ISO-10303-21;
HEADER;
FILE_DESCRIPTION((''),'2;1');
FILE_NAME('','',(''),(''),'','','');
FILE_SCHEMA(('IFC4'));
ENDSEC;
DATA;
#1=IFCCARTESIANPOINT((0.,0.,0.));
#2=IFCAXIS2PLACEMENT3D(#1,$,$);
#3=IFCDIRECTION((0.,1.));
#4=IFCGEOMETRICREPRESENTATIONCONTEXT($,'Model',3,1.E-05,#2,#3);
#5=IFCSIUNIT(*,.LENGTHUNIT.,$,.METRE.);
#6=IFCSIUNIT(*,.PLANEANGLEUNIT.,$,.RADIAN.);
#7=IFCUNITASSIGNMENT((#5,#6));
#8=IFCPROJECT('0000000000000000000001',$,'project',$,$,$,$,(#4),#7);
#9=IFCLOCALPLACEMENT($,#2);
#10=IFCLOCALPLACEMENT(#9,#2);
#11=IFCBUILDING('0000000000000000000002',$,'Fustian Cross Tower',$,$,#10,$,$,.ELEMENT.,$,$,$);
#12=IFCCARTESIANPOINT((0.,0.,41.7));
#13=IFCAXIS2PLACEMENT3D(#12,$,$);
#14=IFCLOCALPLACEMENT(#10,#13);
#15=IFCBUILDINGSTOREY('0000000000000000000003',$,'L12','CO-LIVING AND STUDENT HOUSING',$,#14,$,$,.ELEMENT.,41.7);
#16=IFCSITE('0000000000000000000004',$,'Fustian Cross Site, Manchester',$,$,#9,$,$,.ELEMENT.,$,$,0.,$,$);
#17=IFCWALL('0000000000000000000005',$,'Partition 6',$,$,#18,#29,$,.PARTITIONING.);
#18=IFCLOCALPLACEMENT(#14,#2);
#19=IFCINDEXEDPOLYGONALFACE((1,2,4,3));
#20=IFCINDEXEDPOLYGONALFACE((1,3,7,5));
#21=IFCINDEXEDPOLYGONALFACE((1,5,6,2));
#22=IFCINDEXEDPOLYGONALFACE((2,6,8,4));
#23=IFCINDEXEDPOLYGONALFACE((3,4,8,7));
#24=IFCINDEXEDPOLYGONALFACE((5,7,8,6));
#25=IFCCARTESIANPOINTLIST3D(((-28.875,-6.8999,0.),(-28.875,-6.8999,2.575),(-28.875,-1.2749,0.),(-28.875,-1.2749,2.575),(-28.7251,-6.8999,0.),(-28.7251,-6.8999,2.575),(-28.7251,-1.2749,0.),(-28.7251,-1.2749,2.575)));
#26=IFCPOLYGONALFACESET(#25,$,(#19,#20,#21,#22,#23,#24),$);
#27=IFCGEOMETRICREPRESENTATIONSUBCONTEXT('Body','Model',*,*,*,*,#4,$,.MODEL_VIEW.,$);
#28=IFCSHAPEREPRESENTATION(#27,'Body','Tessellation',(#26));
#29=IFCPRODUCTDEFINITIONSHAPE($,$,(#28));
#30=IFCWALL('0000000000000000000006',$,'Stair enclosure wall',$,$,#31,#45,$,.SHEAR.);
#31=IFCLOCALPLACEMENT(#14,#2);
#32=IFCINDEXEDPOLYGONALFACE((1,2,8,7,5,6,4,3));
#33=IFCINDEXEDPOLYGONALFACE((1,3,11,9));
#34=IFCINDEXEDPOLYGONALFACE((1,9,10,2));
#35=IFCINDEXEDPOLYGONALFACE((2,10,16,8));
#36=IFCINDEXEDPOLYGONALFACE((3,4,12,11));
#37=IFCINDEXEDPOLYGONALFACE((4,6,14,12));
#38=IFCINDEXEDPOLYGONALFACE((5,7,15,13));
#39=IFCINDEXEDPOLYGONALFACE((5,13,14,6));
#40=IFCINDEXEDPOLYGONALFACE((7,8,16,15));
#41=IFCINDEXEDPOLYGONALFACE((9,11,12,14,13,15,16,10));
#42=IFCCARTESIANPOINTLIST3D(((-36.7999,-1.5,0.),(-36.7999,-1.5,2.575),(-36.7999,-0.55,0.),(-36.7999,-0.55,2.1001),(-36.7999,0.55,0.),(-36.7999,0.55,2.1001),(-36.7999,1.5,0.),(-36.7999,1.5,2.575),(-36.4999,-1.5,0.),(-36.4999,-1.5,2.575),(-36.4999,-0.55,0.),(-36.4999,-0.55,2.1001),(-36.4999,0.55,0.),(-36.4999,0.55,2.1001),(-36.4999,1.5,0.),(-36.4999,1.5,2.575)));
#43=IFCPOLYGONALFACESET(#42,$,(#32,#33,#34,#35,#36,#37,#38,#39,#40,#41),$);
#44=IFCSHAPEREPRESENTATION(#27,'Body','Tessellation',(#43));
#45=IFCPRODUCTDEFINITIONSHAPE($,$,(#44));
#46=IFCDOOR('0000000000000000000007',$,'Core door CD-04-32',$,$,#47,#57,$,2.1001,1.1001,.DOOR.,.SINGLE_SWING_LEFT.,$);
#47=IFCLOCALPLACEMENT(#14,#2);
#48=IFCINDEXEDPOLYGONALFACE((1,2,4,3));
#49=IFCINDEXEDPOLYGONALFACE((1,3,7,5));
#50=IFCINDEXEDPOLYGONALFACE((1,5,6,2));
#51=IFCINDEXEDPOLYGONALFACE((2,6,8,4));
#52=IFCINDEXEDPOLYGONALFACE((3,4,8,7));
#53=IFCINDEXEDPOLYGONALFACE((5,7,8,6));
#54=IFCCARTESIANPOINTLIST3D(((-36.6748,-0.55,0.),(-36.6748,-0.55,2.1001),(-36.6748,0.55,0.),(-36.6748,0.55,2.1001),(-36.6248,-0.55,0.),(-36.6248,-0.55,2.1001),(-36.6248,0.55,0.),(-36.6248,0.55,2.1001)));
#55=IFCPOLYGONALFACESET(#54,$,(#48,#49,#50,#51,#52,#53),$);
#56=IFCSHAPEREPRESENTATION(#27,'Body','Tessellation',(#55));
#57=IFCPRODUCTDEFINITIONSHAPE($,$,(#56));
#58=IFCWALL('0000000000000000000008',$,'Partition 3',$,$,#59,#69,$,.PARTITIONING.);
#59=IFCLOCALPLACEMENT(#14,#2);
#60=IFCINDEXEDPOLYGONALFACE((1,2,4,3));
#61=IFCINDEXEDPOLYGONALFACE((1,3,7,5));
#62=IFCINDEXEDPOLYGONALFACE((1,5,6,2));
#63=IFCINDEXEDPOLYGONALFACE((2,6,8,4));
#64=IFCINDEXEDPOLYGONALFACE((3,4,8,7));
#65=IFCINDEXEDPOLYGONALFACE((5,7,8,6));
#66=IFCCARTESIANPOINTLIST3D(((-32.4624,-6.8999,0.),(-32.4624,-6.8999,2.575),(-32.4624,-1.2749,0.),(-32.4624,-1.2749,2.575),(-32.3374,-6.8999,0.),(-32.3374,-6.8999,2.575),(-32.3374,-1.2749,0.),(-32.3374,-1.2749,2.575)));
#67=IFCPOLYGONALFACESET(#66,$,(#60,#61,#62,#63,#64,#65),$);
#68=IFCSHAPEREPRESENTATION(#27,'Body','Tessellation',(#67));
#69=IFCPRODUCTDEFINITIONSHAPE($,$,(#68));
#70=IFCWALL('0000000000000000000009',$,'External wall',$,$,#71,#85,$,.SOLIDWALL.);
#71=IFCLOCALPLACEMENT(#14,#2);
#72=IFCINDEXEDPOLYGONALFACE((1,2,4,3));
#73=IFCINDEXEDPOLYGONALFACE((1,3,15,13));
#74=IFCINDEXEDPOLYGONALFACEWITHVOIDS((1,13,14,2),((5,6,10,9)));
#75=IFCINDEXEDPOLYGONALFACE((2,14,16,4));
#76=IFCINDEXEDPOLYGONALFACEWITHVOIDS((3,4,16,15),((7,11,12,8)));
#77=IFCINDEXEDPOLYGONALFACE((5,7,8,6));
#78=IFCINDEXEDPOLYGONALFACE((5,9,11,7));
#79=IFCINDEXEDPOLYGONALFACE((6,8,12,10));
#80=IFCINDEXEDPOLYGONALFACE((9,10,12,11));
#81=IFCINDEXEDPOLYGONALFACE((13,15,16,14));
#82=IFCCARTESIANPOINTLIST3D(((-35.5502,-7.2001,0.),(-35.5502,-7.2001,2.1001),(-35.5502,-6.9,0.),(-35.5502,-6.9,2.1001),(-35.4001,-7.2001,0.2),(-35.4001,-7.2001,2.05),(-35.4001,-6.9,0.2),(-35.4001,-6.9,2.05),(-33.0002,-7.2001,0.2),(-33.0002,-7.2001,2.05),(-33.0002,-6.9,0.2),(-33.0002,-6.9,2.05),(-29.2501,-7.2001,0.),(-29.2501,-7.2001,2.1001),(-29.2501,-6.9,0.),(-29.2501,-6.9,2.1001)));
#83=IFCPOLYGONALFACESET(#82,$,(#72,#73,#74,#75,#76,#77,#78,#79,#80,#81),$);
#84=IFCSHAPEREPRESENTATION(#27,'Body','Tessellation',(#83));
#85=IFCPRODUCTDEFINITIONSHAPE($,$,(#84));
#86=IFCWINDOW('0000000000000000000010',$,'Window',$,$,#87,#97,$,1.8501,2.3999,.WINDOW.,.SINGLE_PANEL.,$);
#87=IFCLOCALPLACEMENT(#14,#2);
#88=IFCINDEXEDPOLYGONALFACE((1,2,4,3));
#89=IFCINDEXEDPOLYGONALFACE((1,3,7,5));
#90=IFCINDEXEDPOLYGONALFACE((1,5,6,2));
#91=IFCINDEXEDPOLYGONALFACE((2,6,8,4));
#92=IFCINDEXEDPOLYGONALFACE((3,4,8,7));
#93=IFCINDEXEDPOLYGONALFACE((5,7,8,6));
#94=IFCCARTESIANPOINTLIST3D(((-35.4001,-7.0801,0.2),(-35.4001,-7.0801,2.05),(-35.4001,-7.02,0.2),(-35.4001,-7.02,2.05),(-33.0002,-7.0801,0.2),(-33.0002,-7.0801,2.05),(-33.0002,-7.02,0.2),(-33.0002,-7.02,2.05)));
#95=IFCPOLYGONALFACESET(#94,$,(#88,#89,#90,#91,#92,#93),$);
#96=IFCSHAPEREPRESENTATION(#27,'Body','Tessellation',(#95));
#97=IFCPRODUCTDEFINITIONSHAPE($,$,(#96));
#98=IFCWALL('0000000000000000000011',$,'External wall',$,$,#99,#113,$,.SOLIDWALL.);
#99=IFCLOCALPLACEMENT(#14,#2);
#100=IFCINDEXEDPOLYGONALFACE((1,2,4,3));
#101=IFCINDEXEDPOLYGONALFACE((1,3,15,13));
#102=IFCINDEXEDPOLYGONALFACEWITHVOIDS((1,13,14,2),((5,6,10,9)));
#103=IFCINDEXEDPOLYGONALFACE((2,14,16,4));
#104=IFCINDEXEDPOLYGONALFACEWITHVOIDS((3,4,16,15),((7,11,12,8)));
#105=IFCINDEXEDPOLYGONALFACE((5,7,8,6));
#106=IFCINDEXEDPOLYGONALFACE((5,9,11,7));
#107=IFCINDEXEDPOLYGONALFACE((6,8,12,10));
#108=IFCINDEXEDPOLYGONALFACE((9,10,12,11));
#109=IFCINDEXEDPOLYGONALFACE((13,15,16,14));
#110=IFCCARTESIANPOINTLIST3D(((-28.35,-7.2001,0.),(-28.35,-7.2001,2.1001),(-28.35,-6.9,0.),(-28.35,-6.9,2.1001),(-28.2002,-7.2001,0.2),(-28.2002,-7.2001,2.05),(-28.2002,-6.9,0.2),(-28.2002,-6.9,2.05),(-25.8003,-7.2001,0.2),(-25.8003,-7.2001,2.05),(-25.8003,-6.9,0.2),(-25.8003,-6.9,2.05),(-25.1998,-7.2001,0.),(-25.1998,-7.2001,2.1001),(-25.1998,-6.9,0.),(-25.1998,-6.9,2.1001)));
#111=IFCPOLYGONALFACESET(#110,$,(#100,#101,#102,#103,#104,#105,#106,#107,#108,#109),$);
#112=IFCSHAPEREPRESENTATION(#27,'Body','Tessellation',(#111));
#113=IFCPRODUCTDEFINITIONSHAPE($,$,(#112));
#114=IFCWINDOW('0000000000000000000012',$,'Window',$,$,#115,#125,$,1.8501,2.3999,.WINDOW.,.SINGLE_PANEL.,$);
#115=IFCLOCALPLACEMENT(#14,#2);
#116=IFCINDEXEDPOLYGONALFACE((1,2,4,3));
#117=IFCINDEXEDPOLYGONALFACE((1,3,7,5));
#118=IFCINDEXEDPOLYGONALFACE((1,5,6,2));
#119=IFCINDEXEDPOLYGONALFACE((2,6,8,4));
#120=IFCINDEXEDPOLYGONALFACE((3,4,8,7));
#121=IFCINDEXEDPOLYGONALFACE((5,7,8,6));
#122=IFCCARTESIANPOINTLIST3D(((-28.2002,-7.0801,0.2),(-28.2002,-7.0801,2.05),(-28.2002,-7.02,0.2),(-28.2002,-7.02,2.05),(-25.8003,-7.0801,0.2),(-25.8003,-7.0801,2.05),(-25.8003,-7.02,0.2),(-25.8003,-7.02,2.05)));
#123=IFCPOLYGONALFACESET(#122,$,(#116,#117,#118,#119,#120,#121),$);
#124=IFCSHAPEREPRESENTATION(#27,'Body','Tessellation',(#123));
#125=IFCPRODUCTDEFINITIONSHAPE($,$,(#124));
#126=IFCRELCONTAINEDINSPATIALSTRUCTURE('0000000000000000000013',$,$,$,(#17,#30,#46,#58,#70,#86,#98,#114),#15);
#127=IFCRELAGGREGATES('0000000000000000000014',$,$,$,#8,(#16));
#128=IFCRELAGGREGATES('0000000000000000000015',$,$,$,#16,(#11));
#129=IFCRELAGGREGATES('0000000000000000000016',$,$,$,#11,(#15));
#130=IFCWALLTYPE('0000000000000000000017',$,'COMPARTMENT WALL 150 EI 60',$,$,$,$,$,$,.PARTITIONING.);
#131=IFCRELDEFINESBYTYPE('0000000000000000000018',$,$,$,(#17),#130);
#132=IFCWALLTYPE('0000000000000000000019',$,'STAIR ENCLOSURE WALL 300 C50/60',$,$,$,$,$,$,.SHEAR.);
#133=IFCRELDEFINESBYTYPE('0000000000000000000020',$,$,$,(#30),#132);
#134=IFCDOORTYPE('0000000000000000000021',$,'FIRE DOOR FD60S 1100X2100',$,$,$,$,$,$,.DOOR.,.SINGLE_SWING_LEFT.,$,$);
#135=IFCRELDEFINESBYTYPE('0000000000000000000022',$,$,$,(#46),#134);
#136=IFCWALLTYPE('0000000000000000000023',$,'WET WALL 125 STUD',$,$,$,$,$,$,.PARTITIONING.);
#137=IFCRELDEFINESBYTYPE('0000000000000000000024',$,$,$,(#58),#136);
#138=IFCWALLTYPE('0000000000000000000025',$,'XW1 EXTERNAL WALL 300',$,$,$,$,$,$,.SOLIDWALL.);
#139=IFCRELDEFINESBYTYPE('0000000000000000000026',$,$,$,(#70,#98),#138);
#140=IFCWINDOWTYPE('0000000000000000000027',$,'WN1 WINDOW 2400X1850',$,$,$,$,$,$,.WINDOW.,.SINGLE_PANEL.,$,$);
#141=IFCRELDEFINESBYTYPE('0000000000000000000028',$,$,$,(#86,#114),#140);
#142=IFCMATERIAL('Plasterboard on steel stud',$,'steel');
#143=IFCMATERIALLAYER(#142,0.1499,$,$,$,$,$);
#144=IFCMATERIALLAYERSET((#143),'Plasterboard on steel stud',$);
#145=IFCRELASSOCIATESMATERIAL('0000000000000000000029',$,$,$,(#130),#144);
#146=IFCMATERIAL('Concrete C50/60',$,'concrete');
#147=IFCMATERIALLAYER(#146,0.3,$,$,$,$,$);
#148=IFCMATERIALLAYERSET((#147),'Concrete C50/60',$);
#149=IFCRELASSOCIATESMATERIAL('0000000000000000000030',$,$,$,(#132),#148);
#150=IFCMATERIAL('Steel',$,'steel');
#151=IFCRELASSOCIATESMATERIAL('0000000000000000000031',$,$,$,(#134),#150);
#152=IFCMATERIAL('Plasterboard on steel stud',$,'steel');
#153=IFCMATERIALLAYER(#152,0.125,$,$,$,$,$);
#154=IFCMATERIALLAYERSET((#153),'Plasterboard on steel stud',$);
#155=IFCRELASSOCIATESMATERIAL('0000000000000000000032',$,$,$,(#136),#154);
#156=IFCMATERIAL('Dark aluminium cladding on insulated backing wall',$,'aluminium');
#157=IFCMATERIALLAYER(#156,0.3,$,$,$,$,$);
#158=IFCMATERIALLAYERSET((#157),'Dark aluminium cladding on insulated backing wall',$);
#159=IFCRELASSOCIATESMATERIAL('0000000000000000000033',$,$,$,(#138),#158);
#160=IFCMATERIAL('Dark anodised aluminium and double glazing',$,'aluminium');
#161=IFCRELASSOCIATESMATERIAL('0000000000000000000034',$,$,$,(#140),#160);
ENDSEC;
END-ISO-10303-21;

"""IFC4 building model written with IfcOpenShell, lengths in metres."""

from ifc_helpers import new_model, si_unit, direction, frame, frame_2d, origin, place, context, subcontext, project, spatial, rectangle, extrude, material, layer, layer_set, type_object, element, fill, save


model = new_model("IFC4")

# Units and contexts
model_context = context("Model", 3, precision=1e-05, world=origin(), true_north=direction((0.0, 1.0)))
body_context = subcontext(model_context, "Body", "Model", "MODEL_VIEW")
ifc_project = project(units=[si_unit("LENGTHUNIT", "METRE"), si_unit("PLANEANGLEUNIT", "RADIAN")], contexts=[model_context])

# Site, building, storey
site_placement = place(None, origin())
site = spatial("IfcSite", under=ifc_project, at=site_placement, Name="Fustian Cross Site, Manchester", CompositionType="ELEMENT", RefElevation=0.0)
building_placement = place(site_placement, origin())
building = spatial("IfcBuilding", under=site, at=building_placement, Name="Fustian Cross Tower", CompositionType="ELEMENT")
storey_placement = place(building_placement, frame((0.0, 0.0, 41.7)))
storey = spatial("IfcBuildingStorey", under=building, at=storey_placement, Name="L12", Description="CO-LIVING AND STUDENT HOUSING", CompositionType="ELEMENT", Elevation=41.7)

# Shared definitions
ifc_material_1 = material(Name="Plasterboard on steel stud", Category="steel")
ifc_layer_1 = layer(ifc_material_1, 0.1499)
ifc_layer_set_1 = layer_set([ifc_layer_1], Name="Plasterboard on steel stud")
wall_type_1 = type_object("IfcWallType", Name="COMPARTMENT WALL 150 EI 60", PredefinedType="PARTITIONING", material=ifc_layer_set_1)

# Wall
for number, where, z_axis, x_axis, name in (
    (1, (-28.8, -6.8999, 0.0), (0.0, 0.0, 1.0), (0.0, 1.0, 0.0), "Partition 6"),
):
    element("IfcWall", number, at=place(storey_placement, frame(where, z_axis=z_axis, x_axis=x_axis)), inside=storey, type_object=wall_type_1, Name=name, PredefinedType="PARTITIONING", context=body_context, shape_type="SweptSolid", body=[
        extrude(rectangle(XDim=5.625, YDim=0.1499, at=frame_2d((2.8125, 0.0))), origin(), (0.0, 0.0, 1.0), 2.575),
    ])

# Wall, opening, door
ifc_material_2 = material(Name="Concrete C50/60", Category="concrete")
ifc_layer_2 = layer(ifc_material_2, 0.3)
ifc_layer_set_2 = layer_set([ifc_layer_2], Name="Concrete C50/60")
wall_type_2 = type_object("IfcWallType", Name="STAIR ENCLOSURE WALL 300 C50/60", PredefinedType="SHEAR", material=ifc_layer_set_2)
wall_1_placement = place(storey_placement, frame((-36.6499, -1.5, 0.0), z_axis=(0.0, 0.0, 1.0), x_axis=(0.0, 1.0, 0.0)))
wall_1 = element("IfcWall", 2, at=wall_1_placement, inside=storey, type_object=wall_type_2, Name="Stair enclosure wall", PredefinedType="SHEAR", context=body_context, shape_type="SweptSolid", body=[
    extrude(rectangle(XDim=3.0, YDim=0.3, at=frame_2d((1.5, 0.0))), origin(), (0.0, 0.0, 1.0), 2.575),
])
opening_1_placement = place(wall_1_placement, frame((0.95, 0.0, 0.0)))
opening_1 = element("IfcOpeningElement", 3, at=opening_1_placement, cuts=wall_1, PredefinedType="OPENING", context=body_context, shape_type="SweptSolid", body=[
    extrude(rectangle(XDim=1.1001, YDim=2.1001, at=frame_2d((0.55, 1.05))), frame((0.0, 0.1599, 0.0), z_axis=(0.0, -1.0, 0.0), x_axis=(1.0, 0.0, 0.0)), (0.0, 0.0, 1.0), 0.3201),
])
ifc_material_3 = material(Name="Steel", Category="steel")
door_type_1 = type_object("IfcDoorType", Name="FIRE DOOR FD60S 1100X2100", OperationType="SINGLE_SWING_LEFT", PredefinedType="DOOR", material=ifc_material_3)
door_1_placement = place(opening_1_placement, origin())
door_1 = element("IfcDoor", 4, at=door_1_placement, inside=storey, type_object=door_type_1, Name="Core door CD-04-32", OperationType="SINGLE_SWING_LEFT", OverallHeight=2.1001, OverallWidth=1.1001, PredefinedType="DOOR", context=body_context, shape_type="SweptSolid", body=[
    extrude(rectangle(XDim=1.1001, YDim=2.1001, at=frame_2d((0.55, 1.05))), frame((0.0, 0.0249, 0.0), z_axis=(0.0, -1.0, 0.0), x_axis=(1.0, 0.0, 0.0)), (0.0, 0.0, 1.0), 0.05),
])
fill(opening_1, door_1)

# Wall
ifc_material_4 = material(Name="Plasterboard on steel stud", Category="steel")
ifc_layer_3 = layer(ifc_material_4, 0.125)
ifc_layer_set_3 = layer_set([ifc_layer_3], Name="Plasterboard on steel stud")
wall_type_3 = type_object("IfcWallType", Name="WET WALL 125 STUD", PredefinedType="PARTITIONING", material=ifc_layer_set_3)
wall_2_placement = place(storey_placement, frame((-32.3999, -6.8999, 0.0), z_axis=(0.0, 0.0, 1.0), x_axis=(0.0, 1.0, 0.0)))
element("IfcWall", 5, at=wall_2_placement, inside=storey, type_object=wall_type_3, Name="Partition 3", PredefinedType="PARTITIONING", context=body_context, shape_type="SweptSolid", body=[
    extrude(rectangle(XDim=5.625, YDim=0.125, at=frame_2d((2.8125, 0.0))), origin(), (0.0, 0.0, 1.0), 2.575),
])

# Walls, openings, windows
ifc_material_5 = material(Name="Dark aluminium cladding on insulated backing wall", Category="aluminium")
ifc_layer_4 = layer(ifc_material_5, 0.3)
ifc_layer_set_4 = layer_set([ifc_layer_4], Name="Dark aluminium cladding on insulated backing wall")
wall_type_4 = type_object("IfcWallType", Name="XW1 EXTERNAL WALL 300", PredefinedType="SOLIDWALL", material=ifc_layer_set_4)
wall_3_placement = place(storey_placement, frame((-35.55, -7.05, 0.0), z_axis=(0.0, 0.0, 1.0), x_axis=(1.0, 0.0, 0.0)))
wall_3 = element("IfcWall", 6, at=wall_3_placement, inside=storey, type_object=wall_type_4, Name="External wall", PredefinedType="SOLIDWALL", context=body_context, shape_type="SweptSolid", body=[
    extrude(rectangle(XDim=6.3, YDim=0.3, at=frame_2d((3.1499, 0.0))), origin(), (0.0, 0.0, 1.0), 2.1001),
])
opening_2_placement = place(wall_3_placement, frame((0.1499, 0.0, 0.2)))
opening_2 = element("IfcOpeningElement", 7, at=opening_2_placement, cuts=wall_3, PredefinedType="OPENING", context=body_context, shape_type="SweptSolid", body=[
    extrude(rectangle(XDim=2.3999, YDim=1.8501, at=frame_2d((1.2, 0.925))), frame((0.0, 0.1599, 0.0), z_axis=(0.0, -1.0, 0.0), x_axis=(1.0, 0.0, 0.0)), (0.0, 0.0, 1.0), 0.3201),
])
ifc_material_6 = material(Name="Dark anodised aluminium and double glazing", Category="aluminium")
window_type = type_object("IfcWindowType", Name="WN1 WINDOW 2400X1850", PartitioningType="SINGLE_PANEL", PredefinedType="WINDOW", material=ifc_material_6)
window_1_placement = place(opening_2_placement, origin())
window_1 = element("IfcWindow", 8, at=window_1_placement, inside=storey, type_object=window_type, Name="Window", OverallHeight=1.8501, OverallWidth=2.3999, PartitioningType="SINGLE_PANEL", PredefinedType="WINDOW", context=body_context, shape_type="SweptSolid", body=[
    extrude(rectangle(XDim=2.3999, YDim=1.8501, at=frame_2d((1.2, 0.925))), frame((0.0, 0.03, 0.0), z_axis=(0.0, -1.0, 0.0), x_axis=(1.0, 0.0, 0.0)), (0.0, 0.0, 1.0), 0.0601),
])
fill(opening_2, window_1)
wall_4_placement = place(storey_placement, frame((-28.3501, -7.05, 0.0), z_axis=(0.0, 0.0, 1.0), x_axis=(1.0, 0.0, 0.0)))
wall_4 = element("IfcWall", 9, at=wall_4_placement, inside=storey, type_object=wall_type_4, Name="External wall", PredefinedType="SOLIDWALL", context=body_context, shape_type="SweptSolid", body=[
    extrude(rectangle(XDim=3.1501, YDim=0.3, at=frame_2d((1.5752, 0.0))), origin(), (0.0, 0.0, 1.0), 2.1001),
])
opening_3_placement = place(wall_4_placement, frame((0.1499, 0.0, 0.2)))
opening_3 = element("IfcOpeningElement", 10, at=opening_3_placement, cuts=wall_4, PredefinedType="OPENING", context=body_context, shape_type="SweptSolid", body=[
    extrude(rectangle(XDim=2.3999, YDim=1.8501, at=frame_2d((1.2, 0.925))), frame((0.0, 0.1599, 0.0), z_axis=(0.0, -1.0, 0.0), x_axis=(1.0, 0.0, 0.0)), (0.0, 0.0, 1.0), 0.3201),
])
window_2_placement = place(opening_3_placement, origin())
window_2 = element("IfcWindow", 11, at=window_2_placement, inside=storey, type_object=window_type, Name="Window", OverallHeight=1.8501, OverallWidth=2.3999, PartitioningType="SINGLE_PANEL", PredefinedType="WINDOW", context=body_context, shape_type="SweptSolid", body=[
    extrude(rectangle(XDim=2.3999, YDim=1.8501, at=frame_2d((1.2, 0.925))), frame((0.0, 0.03, 0.0), z_axis=(0.0, -1.0, 0.0), x_axis=(1.0, 0.0, 0.0)), (0.0, 0.0, 1.0), 0.0601),
])
fill(opening_3, window_2)

save(model, "model.ifc")
